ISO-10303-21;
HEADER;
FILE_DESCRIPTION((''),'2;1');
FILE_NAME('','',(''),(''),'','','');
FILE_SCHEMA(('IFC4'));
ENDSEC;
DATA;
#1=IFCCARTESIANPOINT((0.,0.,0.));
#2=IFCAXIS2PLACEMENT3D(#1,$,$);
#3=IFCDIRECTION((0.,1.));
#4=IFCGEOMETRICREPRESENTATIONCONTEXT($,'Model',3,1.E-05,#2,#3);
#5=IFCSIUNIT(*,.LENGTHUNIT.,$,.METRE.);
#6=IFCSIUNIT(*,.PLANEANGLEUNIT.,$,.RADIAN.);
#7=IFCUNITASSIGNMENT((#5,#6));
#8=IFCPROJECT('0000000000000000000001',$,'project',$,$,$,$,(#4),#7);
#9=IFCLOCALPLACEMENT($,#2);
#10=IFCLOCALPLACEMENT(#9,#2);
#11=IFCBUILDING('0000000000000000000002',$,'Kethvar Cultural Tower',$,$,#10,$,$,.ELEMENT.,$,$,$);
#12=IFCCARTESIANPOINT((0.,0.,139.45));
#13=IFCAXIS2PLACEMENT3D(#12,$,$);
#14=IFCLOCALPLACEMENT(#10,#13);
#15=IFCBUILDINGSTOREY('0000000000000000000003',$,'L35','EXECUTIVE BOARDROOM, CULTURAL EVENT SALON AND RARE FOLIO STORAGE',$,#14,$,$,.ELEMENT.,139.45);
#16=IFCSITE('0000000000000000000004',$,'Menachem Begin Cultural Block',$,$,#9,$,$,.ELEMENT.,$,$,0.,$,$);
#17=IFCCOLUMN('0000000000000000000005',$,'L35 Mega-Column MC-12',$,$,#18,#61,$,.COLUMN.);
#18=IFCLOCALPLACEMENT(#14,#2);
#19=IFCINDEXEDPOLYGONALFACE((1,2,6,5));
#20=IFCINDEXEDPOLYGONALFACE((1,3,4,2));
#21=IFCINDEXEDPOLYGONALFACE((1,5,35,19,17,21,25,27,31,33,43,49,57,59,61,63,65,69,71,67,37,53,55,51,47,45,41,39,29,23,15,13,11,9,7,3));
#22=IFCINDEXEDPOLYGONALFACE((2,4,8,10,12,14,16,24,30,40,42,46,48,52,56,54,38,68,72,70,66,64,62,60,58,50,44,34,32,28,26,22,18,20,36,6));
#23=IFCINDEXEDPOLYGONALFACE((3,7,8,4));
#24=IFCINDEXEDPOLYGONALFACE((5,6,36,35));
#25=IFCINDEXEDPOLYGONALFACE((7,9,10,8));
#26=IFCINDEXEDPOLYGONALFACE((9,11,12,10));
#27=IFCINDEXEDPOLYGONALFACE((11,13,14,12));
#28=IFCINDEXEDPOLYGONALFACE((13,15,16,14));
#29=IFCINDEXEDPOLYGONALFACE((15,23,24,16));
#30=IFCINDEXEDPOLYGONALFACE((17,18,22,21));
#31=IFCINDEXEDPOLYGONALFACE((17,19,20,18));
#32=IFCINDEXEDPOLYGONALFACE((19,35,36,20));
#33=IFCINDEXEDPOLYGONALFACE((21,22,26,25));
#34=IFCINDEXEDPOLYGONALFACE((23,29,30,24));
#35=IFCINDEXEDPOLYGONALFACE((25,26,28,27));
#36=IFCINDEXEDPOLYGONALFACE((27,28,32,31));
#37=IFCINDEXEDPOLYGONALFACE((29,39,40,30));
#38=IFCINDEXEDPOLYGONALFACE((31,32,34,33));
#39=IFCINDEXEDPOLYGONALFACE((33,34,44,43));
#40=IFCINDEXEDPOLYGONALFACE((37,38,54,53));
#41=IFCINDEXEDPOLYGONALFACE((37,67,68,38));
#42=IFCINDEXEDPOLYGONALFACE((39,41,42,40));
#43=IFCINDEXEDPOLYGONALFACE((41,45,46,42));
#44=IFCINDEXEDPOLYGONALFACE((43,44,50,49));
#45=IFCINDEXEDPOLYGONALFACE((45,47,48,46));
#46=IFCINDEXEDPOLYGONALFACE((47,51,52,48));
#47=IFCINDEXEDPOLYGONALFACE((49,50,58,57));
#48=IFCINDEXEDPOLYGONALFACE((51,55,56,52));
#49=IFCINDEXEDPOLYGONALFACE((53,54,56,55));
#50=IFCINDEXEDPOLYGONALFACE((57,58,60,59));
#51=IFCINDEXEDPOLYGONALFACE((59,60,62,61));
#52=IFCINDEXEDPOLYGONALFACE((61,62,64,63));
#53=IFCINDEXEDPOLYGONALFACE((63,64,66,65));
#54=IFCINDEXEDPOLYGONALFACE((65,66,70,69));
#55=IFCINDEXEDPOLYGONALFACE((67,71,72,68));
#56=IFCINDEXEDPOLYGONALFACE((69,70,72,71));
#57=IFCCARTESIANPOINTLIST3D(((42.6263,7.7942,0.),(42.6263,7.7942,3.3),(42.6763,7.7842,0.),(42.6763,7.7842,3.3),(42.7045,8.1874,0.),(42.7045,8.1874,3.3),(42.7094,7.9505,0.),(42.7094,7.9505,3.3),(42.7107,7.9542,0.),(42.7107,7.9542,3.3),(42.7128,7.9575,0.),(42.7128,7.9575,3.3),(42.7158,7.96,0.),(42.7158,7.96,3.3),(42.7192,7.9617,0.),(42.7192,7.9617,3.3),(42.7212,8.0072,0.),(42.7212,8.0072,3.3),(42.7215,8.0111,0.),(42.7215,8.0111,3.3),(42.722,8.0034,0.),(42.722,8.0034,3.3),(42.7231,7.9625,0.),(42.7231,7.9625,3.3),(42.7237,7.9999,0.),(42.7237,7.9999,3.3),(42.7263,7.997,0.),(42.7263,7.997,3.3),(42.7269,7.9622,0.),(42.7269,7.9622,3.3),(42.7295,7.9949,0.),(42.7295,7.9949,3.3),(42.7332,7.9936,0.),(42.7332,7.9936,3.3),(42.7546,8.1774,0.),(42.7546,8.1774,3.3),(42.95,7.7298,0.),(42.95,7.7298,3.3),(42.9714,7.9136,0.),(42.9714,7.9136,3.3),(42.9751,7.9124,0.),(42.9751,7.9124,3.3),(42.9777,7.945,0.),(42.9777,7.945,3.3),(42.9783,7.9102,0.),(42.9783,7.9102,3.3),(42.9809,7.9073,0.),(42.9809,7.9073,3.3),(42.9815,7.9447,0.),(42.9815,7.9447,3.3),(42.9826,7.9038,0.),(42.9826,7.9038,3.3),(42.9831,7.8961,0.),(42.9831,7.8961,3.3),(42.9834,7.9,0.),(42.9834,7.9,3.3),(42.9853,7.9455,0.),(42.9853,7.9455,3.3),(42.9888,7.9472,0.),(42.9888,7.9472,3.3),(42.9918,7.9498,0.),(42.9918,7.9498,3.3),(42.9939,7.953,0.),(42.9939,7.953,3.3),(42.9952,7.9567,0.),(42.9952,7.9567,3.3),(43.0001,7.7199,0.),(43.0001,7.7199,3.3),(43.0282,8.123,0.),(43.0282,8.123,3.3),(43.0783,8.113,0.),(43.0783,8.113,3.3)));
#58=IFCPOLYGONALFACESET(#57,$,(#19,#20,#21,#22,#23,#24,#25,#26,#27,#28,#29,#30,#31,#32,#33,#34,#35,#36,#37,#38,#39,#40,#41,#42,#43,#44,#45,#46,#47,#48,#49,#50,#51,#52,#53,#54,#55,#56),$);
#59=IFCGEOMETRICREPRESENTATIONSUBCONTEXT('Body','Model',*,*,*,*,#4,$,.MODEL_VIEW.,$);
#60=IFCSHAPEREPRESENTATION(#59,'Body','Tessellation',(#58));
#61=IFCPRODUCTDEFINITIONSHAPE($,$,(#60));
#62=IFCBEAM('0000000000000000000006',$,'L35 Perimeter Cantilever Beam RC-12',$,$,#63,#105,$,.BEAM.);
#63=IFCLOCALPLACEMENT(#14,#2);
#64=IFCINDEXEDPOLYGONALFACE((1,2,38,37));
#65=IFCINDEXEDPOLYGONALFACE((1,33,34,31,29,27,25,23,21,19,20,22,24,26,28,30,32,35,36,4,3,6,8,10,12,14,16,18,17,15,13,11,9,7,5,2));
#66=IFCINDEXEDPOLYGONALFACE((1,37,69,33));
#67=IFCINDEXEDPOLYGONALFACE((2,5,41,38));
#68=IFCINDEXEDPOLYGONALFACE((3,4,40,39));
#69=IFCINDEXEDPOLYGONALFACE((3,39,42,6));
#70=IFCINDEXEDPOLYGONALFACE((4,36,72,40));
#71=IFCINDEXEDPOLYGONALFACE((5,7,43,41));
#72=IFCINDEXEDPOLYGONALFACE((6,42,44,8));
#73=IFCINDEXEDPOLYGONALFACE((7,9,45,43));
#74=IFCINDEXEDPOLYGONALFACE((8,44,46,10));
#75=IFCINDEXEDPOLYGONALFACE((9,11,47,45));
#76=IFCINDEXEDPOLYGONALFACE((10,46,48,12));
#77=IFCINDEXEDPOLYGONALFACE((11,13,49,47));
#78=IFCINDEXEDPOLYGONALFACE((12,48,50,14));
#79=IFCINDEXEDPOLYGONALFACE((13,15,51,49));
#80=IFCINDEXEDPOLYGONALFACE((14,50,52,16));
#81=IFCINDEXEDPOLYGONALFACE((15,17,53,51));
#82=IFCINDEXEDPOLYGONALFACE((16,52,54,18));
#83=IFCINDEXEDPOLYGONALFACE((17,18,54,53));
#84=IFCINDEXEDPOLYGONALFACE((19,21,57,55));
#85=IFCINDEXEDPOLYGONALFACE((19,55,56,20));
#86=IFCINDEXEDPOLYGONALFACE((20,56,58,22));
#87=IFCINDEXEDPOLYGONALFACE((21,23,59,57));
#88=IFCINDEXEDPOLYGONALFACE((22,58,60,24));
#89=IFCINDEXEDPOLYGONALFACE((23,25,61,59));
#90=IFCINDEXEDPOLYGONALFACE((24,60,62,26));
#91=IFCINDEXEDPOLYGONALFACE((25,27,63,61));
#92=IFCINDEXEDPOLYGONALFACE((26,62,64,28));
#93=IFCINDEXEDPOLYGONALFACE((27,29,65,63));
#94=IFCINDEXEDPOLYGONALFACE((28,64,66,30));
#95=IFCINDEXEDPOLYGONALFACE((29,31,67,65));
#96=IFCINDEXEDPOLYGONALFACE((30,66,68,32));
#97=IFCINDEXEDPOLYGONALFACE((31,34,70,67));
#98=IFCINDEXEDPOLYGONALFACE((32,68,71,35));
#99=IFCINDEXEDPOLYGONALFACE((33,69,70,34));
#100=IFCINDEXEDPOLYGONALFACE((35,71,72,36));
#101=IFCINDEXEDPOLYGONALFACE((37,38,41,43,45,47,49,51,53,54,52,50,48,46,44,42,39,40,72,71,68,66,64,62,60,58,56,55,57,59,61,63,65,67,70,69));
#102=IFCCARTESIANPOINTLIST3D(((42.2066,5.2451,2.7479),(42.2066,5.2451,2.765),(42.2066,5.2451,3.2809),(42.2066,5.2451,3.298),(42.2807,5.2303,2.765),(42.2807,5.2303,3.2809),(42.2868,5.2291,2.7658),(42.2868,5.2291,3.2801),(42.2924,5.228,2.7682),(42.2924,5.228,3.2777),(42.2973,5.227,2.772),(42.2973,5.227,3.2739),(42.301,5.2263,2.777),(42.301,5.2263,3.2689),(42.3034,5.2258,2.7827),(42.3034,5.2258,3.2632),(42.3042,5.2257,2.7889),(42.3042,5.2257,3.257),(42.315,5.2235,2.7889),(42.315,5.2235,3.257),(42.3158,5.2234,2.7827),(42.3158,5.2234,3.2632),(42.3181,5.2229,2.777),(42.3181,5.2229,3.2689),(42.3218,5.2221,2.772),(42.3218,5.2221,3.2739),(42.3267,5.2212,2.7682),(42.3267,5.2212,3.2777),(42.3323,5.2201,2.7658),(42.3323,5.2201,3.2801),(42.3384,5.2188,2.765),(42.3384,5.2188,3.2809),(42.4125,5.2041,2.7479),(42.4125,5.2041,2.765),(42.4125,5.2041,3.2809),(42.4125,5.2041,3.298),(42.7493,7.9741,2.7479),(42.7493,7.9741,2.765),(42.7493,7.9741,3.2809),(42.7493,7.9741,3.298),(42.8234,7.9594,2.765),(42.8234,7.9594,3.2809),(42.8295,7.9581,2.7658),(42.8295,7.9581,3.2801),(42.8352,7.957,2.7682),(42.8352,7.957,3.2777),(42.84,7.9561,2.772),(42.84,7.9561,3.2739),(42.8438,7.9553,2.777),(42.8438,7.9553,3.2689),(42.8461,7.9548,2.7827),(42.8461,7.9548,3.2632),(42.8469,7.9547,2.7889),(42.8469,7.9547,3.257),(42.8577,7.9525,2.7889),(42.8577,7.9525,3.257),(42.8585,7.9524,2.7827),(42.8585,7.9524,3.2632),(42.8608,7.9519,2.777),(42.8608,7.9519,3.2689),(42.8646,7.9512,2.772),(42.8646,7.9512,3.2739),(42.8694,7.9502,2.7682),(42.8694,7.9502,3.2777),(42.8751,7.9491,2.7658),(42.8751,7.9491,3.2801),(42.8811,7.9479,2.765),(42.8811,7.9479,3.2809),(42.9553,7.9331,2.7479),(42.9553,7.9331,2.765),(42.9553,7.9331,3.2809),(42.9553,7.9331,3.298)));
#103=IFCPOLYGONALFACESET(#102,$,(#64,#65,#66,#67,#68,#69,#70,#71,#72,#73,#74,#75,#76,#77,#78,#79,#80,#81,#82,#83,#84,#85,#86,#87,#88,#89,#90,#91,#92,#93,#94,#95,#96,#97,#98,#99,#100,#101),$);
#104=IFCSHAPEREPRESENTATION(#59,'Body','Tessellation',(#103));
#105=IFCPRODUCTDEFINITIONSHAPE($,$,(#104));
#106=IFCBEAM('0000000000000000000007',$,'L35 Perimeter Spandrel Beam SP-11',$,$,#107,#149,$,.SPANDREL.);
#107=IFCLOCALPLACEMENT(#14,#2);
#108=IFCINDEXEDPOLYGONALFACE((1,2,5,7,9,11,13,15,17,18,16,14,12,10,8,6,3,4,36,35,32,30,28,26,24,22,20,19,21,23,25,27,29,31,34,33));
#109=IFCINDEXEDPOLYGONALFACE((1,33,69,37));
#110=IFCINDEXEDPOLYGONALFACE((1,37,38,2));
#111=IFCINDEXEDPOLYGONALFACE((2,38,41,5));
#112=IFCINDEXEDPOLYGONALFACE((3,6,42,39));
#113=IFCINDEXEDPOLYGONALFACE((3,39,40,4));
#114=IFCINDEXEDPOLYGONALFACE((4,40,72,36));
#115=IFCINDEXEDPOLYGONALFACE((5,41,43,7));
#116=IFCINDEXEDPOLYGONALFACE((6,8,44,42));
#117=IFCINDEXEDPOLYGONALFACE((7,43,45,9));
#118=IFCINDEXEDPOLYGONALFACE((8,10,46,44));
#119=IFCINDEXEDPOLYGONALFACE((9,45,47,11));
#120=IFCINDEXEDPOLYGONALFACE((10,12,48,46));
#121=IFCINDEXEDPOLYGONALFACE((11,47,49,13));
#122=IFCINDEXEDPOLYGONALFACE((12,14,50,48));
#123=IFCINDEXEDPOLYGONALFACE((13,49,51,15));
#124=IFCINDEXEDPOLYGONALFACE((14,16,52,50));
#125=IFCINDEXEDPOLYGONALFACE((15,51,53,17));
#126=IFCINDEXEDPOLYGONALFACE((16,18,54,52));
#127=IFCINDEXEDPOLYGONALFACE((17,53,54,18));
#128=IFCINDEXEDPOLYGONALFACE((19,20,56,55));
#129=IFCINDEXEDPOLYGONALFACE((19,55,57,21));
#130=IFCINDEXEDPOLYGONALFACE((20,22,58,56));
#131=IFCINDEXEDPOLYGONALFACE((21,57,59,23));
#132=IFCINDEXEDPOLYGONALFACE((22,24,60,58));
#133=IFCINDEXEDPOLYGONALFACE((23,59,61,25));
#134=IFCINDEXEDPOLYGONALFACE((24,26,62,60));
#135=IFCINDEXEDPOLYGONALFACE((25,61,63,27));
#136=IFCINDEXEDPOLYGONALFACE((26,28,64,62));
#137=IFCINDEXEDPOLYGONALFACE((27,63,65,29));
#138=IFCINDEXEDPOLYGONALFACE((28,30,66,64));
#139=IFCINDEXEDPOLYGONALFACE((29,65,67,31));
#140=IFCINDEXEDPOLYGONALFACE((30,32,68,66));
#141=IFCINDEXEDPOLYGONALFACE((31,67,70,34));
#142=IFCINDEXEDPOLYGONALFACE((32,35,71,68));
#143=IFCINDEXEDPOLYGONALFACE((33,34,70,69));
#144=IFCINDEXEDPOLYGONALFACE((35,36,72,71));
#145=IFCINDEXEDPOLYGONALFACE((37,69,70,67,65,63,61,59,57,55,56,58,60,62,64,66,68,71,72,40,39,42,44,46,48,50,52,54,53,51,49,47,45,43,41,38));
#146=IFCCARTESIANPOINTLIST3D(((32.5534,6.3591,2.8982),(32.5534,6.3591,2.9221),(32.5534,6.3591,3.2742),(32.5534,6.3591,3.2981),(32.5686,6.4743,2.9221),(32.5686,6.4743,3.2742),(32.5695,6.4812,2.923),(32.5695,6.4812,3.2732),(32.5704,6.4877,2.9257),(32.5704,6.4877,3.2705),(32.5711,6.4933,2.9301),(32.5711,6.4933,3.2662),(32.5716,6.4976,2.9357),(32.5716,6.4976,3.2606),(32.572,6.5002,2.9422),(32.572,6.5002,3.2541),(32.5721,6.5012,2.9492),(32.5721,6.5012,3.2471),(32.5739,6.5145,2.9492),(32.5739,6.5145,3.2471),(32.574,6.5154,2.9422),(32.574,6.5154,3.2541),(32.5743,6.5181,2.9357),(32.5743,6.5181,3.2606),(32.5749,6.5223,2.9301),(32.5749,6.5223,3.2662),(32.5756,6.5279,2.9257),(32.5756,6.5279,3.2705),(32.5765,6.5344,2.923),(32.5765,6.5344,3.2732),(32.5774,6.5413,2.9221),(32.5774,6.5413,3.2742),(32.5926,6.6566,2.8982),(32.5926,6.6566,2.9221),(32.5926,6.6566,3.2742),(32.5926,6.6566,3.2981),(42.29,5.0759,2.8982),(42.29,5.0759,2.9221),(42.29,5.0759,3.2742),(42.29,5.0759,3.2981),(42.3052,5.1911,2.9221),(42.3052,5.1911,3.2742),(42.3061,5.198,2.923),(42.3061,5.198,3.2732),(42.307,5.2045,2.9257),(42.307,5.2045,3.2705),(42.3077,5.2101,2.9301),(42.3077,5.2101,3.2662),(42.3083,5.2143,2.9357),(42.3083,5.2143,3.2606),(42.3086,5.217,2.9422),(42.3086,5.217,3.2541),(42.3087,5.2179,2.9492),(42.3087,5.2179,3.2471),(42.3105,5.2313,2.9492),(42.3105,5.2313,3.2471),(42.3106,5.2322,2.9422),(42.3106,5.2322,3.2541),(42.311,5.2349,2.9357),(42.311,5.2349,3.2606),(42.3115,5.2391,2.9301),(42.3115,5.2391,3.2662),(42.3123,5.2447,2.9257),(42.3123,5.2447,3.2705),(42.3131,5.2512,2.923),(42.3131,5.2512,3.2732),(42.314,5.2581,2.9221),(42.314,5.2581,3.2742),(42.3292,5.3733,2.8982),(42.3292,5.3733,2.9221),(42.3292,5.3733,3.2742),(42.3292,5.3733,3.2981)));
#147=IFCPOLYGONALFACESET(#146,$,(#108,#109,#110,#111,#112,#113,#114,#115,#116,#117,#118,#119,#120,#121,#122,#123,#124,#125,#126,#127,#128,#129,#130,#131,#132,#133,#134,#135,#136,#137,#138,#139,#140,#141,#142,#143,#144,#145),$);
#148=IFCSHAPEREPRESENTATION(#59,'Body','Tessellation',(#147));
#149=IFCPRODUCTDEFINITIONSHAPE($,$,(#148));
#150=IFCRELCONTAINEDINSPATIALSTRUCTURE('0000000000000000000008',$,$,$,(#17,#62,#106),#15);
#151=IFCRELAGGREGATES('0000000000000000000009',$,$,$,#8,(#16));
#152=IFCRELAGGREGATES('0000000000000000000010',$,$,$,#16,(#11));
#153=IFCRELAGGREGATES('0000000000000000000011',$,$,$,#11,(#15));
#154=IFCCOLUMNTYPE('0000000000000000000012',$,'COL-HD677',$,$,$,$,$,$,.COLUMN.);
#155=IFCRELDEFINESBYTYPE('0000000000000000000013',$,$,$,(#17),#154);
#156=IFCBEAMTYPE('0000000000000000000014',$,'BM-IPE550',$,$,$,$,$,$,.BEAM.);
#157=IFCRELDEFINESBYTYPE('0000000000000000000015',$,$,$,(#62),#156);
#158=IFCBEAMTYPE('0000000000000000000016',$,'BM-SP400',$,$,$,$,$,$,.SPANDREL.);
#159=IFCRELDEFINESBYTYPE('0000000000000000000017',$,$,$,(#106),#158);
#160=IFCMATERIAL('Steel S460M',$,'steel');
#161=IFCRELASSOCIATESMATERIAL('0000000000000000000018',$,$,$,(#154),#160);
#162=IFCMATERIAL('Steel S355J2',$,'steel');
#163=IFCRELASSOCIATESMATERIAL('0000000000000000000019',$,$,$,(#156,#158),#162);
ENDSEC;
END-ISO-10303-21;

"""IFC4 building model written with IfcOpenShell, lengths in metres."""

from ifc_helpers import new_model, si_unit, direction, frame, origin, origin_2d, place, context, subcontext, project, spatial, i_section, extrude, source, transform, mapped, material, material_profile, profile_set, type_object, element, save


model = new_model("IFC4")

# Units and contexts
model_context = context("Model", 3, precision=1e-05, world=origin(), true_north=direction((0.0, 1.0)))
body_context = subcontext(model_context, "Body", "Model", "MODEL_VIEW")
ifc_project = project(units=[si_unit("LENGTHUNIT", "METRE"), si_unit("PLANEANGLEUNIT", "RADIAN")], contexts=[model_context])

# Site, building, storey
site_placement = place(None, origin())
site = spatial("IfcSite", under=ifc_project, at=site_placement, Name="Menachem Begin Cultural Block", CompositionType="ELEMENT", RefElevation=0.0)
building_placement = place(site_placement, origin())
building = spatial("IfcBuilding", under=site, at=building_placement, Name="Kethvar Cultural Tower", CompositionType="ELEMENT")
storey_placement = place(building_placement, frame((0.0, 0.0, 139.45)))
storey = spatial("IfcBuildingStorey", under=building, at=storey_placement, Name="L35", Description="EXECUTIVE BOARDROOM, CULTURAL EVENT SALON AND RARE FOLIO STORAGE", CompositionType="ELEMENT", Elevation=139.45)

# Column
ifc_material_1 = material(Name="Steel S460M", Category="steel")
ifc_material_profile_1 = material_profile(ifc_material_1, i_section(OverallWidth=0.4009, OverallDepth=0.3811, WebThickness=0.032, FlangeThickness=0.051, FilletRadius=0.0149, at=origin_2d()), Name="Steel S460M — HD400x677")
ifc_profile_set_1 = profile_set([ifc_material_profile_1], Name="Steel S460M — HD400x677")
column_type = type_object("IfcColumnType", Name="COL-HD677", PredefinedType="COLUMN", material=ifc_profile_set_1)
shared_shape_1 = source(origin(), body_context, "Body", "SweptSolid", [
    extrude(i_section(OverallWidth=0.4009, OverallDepth=0.3811, WebThickness=0.032, FlangeThickness=0.051, FilletRadius=0.0149, at=origin_2d()), origin(), (0.0, 0.0, 1.0), 3.3),
])
column_placement = place(storey_placement, frame((42.8523, 7.9536, 0.0), z_axis=(0.0, 0.0, 1.0), x_axis=(-0.19509, -0.980785, 0.0)))
element("IfcColumn", 1, at=column_placement, inside=storey, type_object=column_type, Name="L35 Mega-Column MC-12", PredefinedType="COLUMN", context=body_context, shape_type="MappedRepresentation", body=[
    mapped(shared_shape_1, transform((0.0, 0.0, 0.0), scale=1.0)),
])

# Beams
ifc_material_2 = material(Name="Steel S355J2", Category="steel")
ifc_material_profile_2 = material_profile(ifc_material_2, i_section(OverallWidth=0.21, OverallDepth=0.55, WebThickness=0.011, FlangeThickness=0.0171, FilletRadius=0.0239, at=origin_2d()), Name="Steel S355J2 — IPE550")
ifc_profile_set_2 = profile_set([ifc_material_profile_2], Name="Steel S355J2 — IPE550")
beam_type_1 = type_object("IfcBeamType", Name="BM-IPE550", PredefinedType="BEAM", material=ifc_profile_set_2)
shared_shape_2 = source(origin(), body_context, "Body", "SweptSolid", [
    extrude(i_section(OverallWidth=0.21, OverallDepth=0.55, WebThickness=0.011, FlangeThickness=0.0171, FilletRadius=0.0239, at=origin_2d()), origin(), (0.0, 0.0, 1.0), 2.7825),
])
beam_1_placement = place(storey_placement, frame((42.8523, 7.9536, 3.0229), z_axis=(-0.195053, -0.980793, 0.0), x_axis=(0.980793, -0.195053, 0.0)))
element("IfcBeam", 2, at=beam_1_placement, inside=storey, type_object=beam_type_1, Name="L35 Perimeter Cantilever Beam RC-12", PredefinedType="BEAM", context=body_context, shape_type="MappedRepresentation", body=[
    mapped(shared_shape_2, transform((0.0, 0.0, 0.0), scale=1.0)),
])
ifc_material_profile_3 = material_profile(ifc_material_2, i_section(OverallWidth=0.3, OverallDepth=0.3999, WebThickness=0.0134, FlangeThickness=0.0239, FilletRadius=0.0271, at=origin_2d()), Name="Steel S355J2 — HEB400")
ifc_profile_set_3 = profile_set([ifc_material_profile_3], Name="Steel S355J2 — HEB400")
beam_type_2 = type_object("IfcBeamType", Name="BM-SP400", PredefinedType="SPANDREL", material=ifc_profile_set_3)
shared_shape_3 = source(origin(), body_context, "Body", "SweptSolid", [
    extrude(i_section(OverallWidth=0.3, OverallDepth=0.3999, WebThickness=0.0134, FlangeThickness=0.0239, FilletRadius=0.0271, at=origin_2d()), origin(), (0.0, 0.0, 1.0), 9.8208),
])
beam_2_placement = place(storey_placement, frame((32.573, 6.5078, 3.0981), z_axis=(0.991427, -0.130662, 0.0), x_axis=(0.130662, 0.991427, 0.0)))
element("IfcBeam", 3, at=beam_2_placement, inside=storey, type_object=beam_type_2, Name="L35 Perimeter Spandrel Beam SP-11", PredefinedType="SPANDREL", context=body_context, shape_type="MappedRepresentation", body=[
    mapped(shared_shape_3, transform((0.0, 0.0, 0.0), scale=1.0)),
])

save(model, "model.ifc")
